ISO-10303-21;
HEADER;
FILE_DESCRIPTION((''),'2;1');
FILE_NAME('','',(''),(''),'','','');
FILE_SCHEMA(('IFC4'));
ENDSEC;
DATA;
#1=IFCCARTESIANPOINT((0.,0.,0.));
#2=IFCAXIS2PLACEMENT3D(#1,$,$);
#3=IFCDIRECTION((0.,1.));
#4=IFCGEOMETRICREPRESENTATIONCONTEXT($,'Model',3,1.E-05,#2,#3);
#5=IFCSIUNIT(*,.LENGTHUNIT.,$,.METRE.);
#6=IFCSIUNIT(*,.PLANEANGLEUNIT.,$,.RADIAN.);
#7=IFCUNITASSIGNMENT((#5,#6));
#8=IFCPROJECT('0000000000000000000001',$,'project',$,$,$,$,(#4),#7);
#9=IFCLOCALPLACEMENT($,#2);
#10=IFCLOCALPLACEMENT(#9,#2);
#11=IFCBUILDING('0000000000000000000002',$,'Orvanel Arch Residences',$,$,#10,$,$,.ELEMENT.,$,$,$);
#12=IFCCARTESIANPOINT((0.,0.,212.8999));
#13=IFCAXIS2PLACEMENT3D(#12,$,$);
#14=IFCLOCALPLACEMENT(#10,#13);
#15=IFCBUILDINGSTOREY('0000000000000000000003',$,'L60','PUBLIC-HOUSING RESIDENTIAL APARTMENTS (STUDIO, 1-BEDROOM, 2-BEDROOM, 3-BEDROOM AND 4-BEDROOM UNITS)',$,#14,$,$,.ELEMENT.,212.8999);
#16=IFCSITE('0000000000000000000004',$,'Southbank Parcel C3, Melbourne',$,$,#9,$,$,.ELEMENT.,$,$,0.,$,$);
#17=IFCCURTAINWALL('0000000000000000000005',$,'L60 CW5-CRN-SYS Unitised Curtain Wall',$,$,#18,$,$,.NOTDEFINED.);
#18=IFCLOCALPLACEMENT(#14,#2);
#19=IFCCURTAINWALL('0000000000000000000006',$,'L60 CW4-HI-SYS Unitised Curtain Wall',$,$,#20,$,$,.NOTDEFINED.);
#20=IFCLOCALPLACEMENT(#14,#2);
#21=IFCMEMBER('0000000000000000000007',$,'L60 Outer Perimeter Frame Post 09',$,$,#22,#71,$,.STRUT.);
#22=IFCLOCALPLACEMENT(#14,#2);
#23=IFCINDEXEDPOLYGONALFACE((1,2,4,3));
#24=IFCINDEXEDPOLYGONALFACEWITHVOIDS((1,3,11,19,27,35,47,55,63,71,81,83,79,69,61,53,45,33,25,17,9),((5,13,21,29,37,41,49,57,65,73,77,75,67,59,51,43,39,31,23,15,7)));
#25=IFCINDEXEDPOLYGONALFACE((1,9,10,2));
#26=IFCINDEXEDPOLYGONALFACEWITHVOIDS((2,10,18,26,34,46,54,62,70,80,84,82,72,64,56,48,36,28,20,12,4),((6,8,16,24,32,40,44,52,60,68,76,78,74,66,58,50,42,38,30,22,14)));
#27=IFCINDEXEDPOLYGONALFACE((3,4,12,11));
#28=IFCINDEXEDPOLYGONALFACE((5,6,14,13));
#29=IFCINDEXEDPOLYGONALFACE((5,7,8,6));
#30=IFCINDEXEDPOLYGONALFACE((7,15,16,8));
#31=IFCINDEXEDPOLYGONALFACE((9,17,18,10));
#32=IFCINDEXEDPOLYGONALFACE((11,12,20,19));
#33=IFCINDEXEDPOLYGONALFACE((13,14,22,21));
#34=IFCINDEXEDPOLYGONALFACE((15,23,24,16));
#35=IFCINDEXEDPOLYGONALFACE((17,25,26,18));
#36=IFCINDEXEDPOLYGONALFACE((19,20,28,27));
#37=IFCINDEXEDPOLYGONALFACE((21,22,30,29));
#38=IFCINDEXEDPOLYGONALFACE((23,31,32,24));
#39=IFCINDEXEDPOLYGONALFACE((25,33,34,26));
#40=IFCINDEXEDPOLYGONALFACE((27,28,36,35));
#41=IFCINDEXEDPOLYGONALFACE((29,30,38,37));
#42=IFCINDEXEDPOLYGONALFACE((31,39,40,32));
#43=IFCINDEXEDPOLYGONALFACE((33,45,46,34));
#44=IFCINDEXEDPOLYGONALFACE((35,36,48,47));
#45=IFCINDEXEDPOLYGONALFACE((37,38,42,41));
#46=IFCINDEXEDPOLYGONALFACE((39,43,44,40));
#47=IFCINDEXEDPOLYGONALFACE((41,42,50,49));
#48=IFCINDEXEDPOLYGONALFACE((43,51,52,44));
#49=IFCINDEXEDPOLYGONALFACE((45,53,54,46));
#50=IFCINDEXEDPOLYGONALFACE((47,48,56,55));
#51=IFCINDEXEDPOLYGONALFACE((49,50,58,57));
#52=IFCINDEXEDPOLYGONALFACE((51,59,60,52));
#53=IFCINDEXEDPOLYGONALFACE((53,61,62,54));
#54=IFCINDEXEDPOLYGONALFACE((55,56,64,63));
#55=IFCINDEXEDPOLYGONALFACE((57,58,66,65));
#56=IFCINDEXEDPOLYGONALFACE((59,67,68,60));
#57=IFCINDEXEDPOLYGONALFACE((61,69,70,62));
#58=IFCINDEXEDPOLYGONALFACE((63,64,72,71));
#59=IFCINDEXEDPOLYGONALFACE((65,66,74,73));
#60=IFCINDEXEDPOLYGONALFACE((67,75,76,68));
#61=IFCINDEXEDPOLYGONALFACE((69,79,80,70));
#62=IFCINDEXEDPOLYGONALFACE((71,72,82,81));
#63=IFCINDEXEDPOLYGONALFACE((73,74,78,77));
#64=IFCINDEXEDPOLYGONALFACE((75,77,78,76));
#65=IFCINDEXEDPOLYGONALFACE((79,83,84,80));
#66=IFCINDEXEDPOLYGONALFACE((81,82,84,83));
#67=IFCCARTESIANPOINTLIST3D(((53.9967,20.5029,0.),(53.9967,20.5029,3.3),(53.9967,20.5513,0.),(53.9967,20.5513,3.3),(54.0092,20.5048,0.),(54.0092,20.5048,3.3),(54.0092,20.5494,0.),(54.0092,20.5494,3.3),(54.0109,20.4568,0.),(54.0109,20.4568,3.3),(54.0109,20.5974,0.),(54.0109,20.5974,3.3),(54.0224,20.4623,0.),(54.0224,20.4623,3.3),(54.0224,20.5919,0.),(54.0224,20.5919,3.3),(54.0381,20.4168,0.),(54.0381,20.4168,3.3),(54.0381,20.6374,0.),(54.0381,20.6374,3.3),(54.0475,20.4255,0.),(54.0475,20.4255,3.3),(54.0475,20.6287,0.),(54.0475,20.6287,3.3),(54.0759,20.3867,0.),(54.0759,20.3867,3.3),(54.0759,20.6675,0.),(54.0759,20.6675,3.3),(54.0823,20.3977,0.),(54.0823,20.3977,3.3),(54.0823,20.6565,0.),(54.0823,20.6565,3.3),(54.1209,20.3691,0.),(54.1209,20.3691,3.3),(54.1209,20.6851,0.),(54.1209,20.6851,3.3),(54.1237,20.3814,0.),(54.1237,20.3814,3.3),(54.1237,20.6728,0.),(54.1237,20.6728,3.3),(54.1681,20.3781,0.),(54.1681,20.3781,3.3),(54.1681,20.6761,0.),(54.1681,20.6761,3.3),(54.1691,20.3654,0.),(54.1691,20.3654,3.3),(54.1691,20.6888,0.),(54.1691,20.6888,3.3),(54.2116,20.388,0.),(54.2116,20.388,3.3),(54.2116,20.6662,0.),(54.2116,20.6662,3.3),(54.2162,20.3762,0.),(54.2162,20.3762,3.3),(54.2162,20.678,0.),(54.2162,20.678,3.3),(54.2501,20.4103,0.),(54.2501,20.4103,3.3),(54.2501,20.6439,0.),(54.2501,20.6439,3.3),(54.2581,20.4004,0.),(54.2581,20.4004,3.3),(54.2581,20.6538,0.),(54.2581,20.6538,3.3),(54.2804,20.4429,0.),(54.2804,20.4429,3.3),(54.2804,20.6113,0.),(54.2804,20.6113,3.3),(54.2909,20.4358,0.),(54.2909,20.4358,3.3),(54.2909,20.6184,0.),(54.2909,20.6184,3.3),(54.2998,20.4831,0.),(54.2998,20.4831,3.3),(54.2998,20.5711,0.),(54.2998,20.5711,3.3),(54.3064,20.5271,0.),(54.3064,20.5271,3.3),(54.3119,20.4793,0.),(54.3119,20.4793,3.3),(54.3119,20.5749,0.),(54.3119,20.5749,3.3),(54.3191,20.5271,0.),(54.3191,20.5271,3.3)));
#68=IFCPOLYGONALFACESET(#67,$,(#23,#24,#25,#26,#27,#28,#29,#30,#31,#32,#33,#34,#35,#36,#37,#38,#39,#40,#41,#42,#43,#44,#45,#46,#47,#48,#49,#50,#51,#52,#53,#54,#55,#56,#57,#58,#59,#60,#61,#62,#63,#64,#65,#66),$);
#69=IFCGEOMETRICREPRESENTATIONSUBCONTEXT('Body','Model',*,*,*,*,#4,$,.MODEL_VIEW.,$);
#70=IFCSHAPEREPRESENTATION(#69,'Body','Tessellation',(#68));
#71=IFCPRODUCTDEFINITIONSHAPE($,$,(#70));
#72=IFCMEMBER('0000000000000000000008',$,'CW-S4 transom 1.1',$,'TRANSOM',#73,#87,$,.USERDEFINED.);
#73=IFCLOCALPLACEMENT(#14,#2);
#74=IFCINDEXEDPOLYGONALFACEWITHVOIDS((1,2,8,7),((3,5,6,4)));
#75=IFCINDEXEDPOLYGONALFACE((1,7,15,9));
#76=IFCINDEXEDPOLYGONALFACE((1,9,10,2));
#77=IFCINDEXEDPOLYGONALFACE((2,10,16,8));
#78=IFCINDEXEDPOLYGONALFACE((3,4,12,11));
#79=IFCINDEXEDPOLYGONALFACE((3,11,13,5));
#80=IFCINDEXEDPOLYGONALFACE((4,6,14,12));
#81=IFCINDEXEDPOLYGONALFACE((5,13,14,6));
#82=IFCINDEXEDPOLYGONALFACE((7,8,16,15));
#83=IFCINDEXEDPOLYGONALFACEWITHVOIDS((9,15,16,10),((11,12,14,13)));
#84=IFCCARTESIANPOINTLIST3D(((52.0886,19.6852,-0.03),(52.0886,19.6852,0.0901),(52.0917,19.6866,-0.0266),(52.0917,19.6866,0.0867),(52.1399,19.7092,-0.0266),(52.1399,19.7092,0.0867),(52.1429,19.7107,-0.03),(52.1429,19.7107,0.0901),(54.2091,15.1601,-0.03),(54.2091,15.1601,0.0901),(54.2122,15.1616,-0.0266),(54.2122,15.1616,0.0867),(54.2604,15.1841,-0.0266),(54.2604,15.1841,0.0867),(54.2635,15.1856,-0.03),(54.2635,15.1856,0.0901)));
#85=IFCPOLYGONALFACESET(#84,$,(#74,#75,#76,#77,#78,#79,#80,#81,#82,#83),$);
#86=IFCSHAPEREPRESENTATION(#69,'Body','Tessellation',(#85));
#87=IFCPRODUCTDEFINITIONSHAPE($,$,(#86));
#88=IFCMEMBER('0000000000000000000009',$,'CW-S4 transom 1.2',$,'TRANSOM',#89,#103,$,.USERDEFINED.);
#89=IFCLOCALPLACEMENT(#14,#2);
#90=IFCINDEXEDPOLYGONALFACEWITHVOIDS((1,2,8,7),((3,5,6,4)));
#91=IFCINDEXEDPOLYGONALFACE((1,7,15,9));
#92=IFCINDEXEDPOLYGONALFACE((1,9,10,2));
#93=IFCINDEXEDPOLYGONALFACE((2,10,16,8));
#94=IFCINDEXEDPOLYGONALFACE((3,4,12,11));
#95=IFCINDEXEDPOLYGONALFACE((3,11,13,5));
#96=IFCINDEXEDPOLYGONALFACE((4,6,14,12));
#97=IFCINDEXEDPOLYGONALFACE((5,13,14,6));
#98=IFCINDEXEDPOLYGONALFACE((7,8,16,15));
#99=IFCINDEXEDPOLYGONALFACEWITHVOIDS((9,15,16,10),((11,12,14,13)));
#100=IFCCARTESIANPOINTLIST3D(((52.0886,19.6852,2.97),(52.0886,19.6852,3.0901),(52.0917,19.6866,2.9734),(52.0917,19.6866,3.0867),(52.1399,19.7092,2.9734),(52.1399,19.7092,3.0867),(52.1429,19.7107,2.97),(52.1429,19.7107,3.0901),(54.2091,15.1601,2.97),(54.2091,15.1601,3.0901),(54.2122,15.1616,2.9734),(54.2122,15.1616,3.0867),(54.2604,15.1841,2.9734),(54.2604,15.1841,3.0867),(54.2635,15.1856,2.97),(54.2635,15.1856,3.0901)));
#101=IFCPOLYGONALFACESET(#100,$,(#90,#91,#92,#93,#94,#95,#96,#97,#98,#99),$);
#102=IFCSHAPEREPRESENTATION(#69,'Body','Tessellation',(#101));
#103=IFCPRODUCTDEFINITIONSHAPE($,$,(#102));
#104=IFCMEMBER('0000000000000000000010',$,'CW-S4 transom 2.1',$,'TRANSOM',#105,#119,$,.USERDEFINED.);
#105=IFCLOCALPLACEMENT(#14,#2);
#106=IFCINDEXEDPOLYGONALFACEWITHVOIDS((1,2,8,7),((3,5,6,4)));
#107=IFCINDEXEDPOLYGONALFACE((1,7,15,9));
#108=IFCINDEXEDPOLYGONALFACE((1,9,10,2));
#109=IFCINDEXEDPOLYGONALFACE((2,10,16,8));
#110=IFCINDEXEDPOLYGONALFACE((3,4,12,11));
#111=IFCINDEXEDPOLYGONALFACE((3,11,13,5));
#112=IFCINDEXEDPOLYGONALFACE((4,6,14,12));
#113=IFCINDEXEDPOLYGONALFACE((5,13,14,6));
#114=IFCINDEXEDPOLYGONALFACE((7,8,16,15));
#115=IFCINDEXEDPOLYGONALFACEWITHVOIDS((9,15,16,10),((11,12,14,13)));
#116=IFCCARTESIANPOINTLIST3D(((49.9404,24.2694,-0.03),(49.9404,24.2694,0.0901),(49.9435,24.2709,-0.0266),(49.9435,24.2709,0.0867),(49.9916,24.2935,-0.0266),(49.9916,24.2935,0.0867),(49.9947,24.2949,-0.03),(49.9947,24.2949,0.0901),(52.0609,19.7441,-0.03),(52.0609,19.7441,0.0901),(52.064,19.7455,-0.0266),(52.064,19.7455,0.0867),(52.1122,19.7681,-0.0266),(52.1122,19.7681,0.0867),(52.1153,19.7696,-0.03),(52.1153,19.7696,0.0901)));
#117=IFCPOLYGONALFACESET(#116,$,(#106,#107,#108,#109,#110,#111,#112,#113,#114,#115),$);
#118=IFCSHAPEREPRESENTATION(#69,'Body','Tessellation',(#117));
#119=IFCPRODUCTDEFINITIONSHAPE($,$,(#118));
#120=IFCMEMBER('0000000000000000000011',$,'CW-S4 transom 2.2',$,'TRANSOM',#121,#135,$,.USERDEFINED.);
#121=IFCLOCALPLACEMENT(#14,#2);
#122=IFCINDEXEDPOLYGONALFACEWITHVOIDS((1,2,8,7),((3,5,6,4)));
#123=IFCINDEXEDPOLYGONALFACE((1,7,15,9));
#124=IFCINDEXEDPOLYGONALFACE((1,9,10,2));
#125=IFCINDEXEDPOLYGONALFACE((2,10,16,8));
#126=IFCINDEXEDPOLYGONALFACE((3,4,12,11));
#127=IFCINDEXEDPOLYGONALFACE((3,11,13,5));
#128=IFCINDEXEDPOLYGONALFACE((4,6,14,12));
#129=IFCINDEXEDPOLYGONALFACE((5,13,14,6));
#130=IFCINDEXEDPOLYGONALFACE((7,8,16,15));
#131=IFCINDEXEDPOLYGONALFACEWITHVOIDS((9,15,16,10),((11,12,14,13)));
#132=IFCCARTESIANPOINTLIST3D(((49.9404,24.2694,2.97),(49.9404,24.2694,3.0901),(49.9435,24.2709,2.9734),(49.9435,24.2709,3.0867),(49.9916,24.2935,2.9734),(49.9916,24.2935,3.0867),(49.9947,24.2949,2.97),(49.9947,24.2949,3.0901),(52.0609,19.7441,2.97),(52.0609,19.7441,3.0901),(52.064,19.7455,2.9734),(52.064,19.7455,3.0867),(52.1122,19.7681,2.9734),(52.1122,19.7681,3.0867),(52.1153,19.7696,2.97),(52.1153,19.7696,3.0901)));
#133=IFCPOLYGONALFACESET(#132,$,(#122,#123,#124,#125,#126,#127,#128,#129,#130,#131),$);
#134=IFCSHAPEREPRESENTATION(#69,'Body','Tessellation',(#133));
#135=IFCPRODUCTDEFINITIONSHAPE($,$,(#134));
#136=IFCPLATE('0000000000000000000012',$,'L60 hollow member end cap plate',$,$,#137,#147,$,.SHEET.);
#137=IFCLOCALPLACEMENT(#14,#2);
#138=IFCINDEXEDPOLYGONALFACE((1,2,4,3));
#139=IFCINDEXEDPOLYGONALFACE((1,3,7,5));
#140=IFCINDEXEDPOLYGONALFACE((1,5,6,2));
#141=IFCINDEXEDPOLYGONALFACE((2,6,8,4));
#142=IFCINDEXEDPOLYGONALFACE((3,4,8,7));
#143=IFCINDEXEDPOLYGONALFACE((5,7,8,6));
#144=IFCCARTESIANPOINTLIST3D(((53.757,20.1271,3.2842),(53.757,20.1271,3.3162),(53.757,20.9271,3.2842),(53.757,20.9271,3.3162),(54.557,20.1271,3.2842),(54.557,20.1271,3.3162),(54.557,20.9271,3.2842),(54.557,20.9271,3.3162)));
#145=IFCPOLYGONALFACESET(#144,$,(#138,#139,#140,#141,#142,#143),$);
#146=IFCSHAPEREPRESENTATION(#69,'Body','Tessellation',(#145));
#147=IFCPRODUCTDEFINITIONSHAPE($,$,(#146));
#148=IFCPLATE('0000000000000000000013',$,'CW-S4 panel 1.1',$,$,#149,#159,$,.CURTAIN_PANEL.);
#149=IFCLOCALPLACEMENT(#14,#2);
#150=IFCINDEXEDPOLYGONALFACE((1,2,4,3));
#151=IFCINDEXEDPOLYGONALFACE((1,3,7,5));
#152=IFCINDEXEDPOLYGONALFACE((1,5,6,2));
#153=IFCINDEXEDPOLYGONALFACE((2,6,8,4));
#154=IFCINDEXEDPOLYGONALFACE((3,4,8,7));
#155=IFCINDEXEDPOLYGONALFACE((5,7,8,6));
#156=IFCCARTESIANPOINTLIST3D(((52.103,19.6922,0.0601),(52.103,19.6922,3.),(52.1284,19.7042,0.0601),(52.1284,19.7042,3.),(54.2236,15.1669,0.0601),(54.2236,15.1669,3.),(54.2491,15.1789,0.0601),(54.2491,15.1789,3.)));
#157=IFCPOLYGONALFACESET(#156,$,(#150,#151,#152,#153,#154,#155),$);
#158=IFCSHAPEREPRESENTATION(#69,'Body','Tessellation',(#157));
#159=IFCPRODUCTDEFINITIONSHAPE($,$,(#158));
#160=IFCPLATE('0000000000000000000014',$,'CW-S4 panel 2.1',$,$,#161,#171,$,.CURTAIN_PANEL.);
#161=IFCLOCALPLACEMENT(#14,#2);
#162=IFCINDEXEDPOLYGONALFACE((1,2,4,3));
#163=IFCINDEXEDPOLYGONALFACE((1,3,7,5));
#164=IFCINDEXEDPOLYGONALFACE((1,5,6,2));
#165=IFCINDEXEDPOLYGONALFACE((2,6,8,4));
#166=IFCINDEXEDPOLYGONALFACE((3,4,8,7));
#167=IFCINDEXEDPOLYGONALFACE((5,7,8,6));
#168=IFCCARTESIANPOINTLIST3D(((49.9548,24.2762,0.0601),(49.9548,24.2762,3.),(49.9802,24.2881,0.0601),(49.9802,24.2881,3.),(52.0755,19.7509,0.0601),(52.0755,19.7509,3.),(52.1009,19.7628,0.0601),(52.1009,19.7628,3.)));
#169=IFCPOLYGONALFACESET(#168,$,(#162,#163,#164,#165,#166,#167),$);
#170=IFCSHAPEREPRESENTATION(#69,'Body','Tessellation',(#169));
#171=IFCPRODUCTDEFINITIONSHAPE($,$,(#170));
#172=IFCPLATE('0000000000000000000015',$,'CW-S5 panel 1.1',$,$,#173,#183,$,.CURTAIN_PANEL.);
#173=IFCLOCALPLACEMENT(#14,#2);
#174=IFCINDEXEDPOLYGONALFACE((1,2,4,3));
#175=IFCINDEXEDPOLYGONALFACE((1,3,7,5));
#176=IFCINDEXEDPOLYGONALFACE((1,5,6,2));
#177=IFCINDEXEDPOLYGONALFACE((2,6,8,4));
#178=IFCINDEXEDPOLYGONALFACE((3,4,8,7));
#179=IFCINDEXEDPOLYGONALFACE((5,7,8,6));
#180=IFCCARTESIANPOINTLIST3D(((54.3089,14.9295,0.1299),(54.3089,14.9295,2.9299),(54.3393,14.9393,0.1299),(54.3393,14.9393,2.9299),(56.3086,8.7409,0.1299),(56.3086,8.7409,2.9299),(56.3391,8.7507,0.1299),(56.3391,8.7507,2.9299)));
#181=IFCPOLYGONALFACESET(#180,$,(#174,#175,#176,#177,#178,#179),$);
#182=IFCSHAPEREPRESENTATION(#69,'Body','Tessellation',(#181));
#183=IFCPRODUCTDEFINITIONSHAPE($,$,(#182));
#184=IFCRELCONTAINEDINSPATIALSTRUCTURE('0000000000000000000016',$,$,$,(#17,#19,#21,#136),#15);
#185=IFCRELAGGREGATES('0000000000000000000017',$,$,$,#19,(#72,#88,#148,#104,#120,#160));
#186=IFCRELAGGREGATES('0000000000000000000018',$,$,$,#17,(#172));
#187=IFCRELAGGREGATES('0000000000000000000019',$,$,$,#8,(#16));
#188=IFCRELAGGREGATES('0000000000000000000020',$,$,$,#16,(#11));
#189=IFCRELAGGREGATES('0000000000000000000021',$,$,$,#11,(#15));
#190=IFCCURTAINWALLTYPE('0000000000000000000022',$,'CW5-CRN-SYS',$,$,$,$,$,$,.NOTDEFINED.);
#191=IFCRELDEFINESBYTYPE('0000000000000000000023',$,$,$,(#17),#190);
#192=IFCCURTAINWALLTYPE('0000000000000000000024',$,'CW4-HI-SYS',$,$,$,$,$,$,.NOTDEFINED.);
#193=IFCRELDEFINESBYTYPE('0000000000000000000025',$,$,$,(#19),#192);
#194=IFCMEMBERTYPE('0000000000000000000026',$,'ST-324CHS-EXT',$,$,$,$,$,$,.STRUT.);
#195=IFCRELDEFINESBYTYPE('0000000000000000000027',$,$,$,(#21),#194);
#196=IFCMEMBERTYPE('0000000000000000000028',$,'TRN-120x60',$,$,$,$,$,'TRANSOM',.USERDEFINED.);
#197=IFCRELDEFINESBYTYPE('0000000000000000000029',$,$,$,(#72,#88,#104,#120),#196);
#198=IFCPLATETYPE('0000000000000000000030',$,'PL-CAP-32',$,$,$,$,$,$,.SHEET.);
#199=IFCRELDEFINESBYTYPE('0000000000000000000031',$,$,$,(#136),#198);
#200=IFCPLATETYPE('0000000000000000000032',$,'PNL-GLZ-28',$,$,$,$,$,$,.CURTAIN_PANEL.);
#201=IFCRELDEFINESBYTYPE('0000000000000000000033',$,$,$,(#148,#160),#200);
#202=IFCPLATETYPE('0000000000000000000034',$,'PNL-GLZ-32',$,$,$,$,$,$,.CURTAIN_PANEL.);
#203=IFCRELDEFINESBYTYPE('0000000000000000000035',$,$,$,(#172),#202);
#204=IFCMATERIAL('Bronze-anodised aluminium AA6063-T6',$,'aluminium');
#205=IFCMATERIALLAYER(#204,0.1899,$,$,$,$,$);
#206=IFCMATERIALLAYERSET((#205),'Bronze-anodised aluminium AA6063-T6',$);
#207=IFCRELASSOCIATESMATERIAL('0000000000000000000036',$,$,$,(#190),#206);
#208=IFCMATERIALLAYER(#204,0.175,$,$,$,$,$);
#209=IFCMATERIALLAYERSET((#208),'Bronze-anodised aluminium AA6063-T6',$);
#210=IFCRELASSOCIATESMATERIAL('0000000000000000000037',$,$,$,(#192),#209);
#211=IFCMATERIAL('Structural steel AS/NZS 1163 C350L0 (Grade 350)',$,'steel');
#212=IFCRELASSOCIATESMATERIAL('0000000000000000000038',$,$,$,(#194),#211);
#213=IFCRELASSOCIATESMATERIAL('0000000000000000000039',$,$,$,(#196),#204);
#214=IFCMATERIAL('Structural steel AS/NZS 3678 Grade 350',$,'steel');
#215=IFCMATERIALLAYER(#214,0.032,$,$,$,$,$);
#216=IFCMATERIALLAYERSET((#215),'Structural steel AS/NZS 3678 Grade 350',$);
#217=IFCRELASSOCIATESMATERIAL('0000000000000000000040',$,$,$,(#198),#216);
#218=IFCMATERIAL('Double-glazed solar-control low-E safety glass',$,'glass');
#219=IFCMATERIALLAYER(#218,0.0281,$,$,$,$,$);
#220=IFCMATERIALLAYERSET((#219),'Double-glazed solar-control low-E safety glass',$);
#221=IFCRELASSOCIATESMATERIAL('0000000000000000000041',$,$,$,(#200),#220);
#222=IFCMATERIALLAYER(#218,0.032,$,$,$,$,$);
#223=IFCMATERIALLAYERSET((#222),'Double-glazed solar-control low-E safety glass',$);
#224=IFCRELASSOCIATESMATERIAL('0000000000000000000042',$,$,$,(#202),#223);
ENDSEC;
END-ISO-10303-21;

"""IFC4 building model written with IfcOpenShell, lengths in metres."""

from ifc_helpers import new_model, si_unit, direction, frame, origin, origin_2d, place, context, subcontext, project, spatial, rectangle, hollow_rectangle, hollow_circle, extrude, material, layer, layer_set, material_profile, profile_set, type_object, element, aggregate, save


model = new_model("IFC4")

# Units and contexts
model_context = context("Model", 3, precision=1e-05, world=origin(), true_north=direction((0.0, 1.0)))
body_context = subcontext(model_context, "Body", "Model", "MODEL_VIEW")
ifc_project = project(units=[si_unit("LENGTHUNIT", "METRE"), si_unit("PLANEANGLEUNIT", "RADIAN")], contexts=[model_context])

# Site, building, storey
site_placement = place(None, origin())
site = spatial("IfcSite", under=ifc_project, at=site_placement, Name="Southbank Parcel C3, Melbourne", CompositionType="ELEMENT", RefElevation=0.0)
building_placement = place(site_placement, origin())
building = spatial("IfcBuilding", under=site, at=building_placement, Name="Orvanel Arch Residences", CompositionType="ELEMENT")
storey_placement = place(building_placement, frame((0.0, 0.0, 212.8999)))
storey = spatial("IfcBuildingStorey", under=building, at=storey_placement, Name="L60", Description="PUBLIC-HOUSING RESIDENTIAL APARTMENTS (STUDIO, 1-BEDROOM, 2-BEDROOM, 3-BEDROOM AND 4-BEDROOM UNITS)", CompositionType="ELEMENT", Elevation=212.8999)

# Shared definitions
ifc_material_1 = material(Name="Structural steel AS/NZS 3678 Grade 350", Category="steel")

# Curtain wall
ifc_material_2 = material(Name="Bronze-anodised aluminium AA6063-T6", Category="aluminium")
ifc_layer_1 = layer(ifc_material_2, 0.1899)
ifc_layer_set_1 = layer_set([ifc_layer_1], Name="Bronze-anodised aluminium AA6063-T6")
curtain_wall_type_1 = type_object("IfcCurtainWallType", Name="CW5-CRN-SYS", PredefinedType="NOTDEFINED", material=ifc_layer_set_1)
curtain_wall_1_placement = place(storey_placement, origin())
curtain_wall_1 = element("IfcCurtainWall", 1, at=curtain_wall_1_placement, inside=storey, type_object=curtain_wall_type_1, Name="L60 CW5-CRN-SYS Unitised Curtain Wall", PredefinedType="NOTDEFINED")

# Curtain wall
ifc_layer_2 = layer(ifc_material_2, 0.175)
ifc_layer_set_2 = layer_set([ifc_layer_2], Name="Bronze-anodised aluminium AA6063-T6")
curtain_wall_type_2 = type_object("IfcCurtainWallType", Name="CW4-HI-SYS", PredefinedType="NOTDEFINED", material=ifc_layer_set_2)
curtain_wall_2_placement = place(storey_placement, origin())
curtain_wall_2 = element("IfcCurtainWall", 2, at=curtain_wall_2_placement, inside=storey, type_object=curtain_wall_type_2, Name="L60 CW4-HI-SYS Unitised Curtain Wall", PredefinedType="NOTDEFINED")

# Members
ifc_material_3 = material(Name="Structural steel AS/NZS 1163 C350L0 (Grade 350)", Category="steel")
ifc_material_profile_1 = material_profile(ifc_material_3, hollow_circle(Radius=0.1621, WallThickness=0.0127, at=origin_2d()), Name="CHS324x12.7")
ifc_profile_set_1 = profile_set([ifc_material_profile_1], Name="Structural steel AS/NZS 1163 C350L0 (Grade 350)")
member_type_1 = type_object("IfcMemberType", Name="ST-324CHS-EXT", PredefinedType="STRUT", material=ifc_profile_set_1)
member_1_placement = place(storey_placement, frame((54.157, 20.5271, 0.0), z_axis=(0.0, 0.0, 1.0), x_axis=(1.0, 0.0, 0.0)))
element("IfcMember", 3, at=member_1_placement, inside=storey, type_object=member_type_1, Name="L60 Outer Perimeter Frame Post 09", PredefinedType="STRUT", context=body_context, shape_type="SweptSolid", body=[
    extrude(hollow_circle(Radius=0.1621, WallThickness=0.0127, at=origin_2d()), origin(), (0.0, 0.0, 1.0), 3.3),
])
ifc_material_profile_2 = material_profile(ifc_material_2, hollow_rectangle(XDim=0.0601, YDim=0.1201, WallThickness=0.0034, at=origin_2d()), Name="ALU120x60x3.5")
ifc_profile_set_2 = profile_set([ifc_material_profile_2], Name="Bronze-anodised aluminium AA6063-T6")
member_type_2 = type_object("IfcMemberType", Name="TRN-120x60", ElementType="TRANSOM", PredefinedType="USERDEFINED", material=ifc_profile_set_2)
member_2_placement = place(storey_placement, frame((54.2363, 15.1729, 0.03), z_axis=(-0.424343, 0.905502, 0.0), x_axis=(-0.905502, -0.424343, 0.0)))
member_2 = element("IfcMember", 4, at=member_2_placement, type_object=member_type_2, Name="CW-S4 transom 1.1", ObjectType="TRANSOM", PredefinedType="USERDEFINED", context=body_context, shape_type="SweptSolid", body=[
    extrude(hollow_rectangle(XDim=0.0601, YDim=0.1201, WallThickness=0.0034, at=origin_2d()), origin(), (0.0, 0.0, 1.0), 4.9973),
])
member_3_placement = place(storey_placement, frame((54.2363, 15.1729, 3.03), z_axis=(-0.424343, 0.905502, 0.0), x_axis=(-0.905502, -0.424343, 0.0)))
member_3 = element("IfcMember", 5, at=member_3_placement, type_object=member_type_2, Name="CW-S4 transom 1.2", ObjectType="TRANSOM", PredefinedType="USERDEFINED", context=body_context, shape_type="SweptSolid", body=[
    extrude(hollow_rectangle(XDim=0.0601, YDim=0.1201, WallThickness=0.0034, at=origin_2d()), origin(), (0.0, 0.0, 1.0), 4.9973),
])
member_4_placement = place(storey_placement, frame((52.0881, 19.7568, 0.03), z_axis=(-0.424324, 0.905511, 0.0), x_axis=(-0.905511, -0.424324, 0.0)))
member_4 = element("IfcMember", 6, at=member_4_placement, type_object=member_type_2, Name="CW-S4 transom 2.1", ObjectType="TRANSOM", PredefinedType="USERDEFINED", context=body_context, shape_type="SweptSolid", body=[
    extrude(hollow_rectangle(XDim=0.0601, YDim=0.1201, WallThickness=0.0034, at=origin_2d()), origin(), (0.0, 0.0, 1.0), 4.9976),
])
member_5_placement = place(storey_placement, frame((52.0881, 19.7568, 3.03), z_axis=(-0.424324, 0.905511, 0.0), x_axis=(-0.905511, -0.424324, 0.0)))
member_5 = element("IfcMember", 7, at=member_5_placement, type_object=member_type_2, Name="CW-S4 transom 2.2", ObjectType="TRANSOM", PredefinedType="USERDEFINED", context=body_context, shape_type="SweptSolid", body=[
    extrude(hollow_rectangle(XDim=0.0601, YDim=0.1201, WallThickness=0.0034, at=origin_2d()), origin(), (0.0, 0.0, 1.0), 4.9976),
])

# Plates
ifc_layer_3 = layer(ifc_material_1, 0.032)
ifc_layer_set_3 = layer_set([ifc_layer_3], Name="Structural steel AS/NZS 3678 Grade 350")
plate_type_1 = type_object("IfcPlateType", Name="PL-CAP-32", PredefinedType="SHEET", material=ifc_layer_set_3)
plate_1_placement = place(storey_placement, frame((54.157, 20.5271, 3.2842), z_axis=(0.0, 0.0, 1.0), x_axis=(1.0, 0.0, 0.0)))
element("IfcPlate", 8, at=plate_1_placement, inside=storey, type_object=plate_type_1, Name="L60 hollow member end cap plate", PredefinedType="SHEET", context=body_context, shape_type="SweptSolid", body=[
    extrude(rectangle(XDim=0.8, YDim=0.8, at=origin_2d()), origin(), (0.0, 0.0, 1.0), 0.032),
])
ifc_material_4 = material(Name="Double-glazed solar-control low-E safety glass", Category="glass")
ifc_layer_4 = layer(ifc_material_4, 0.0281)
ifc_layer_set_4 = layer_set([ifc_layer_4], Name="Double-glazed solar-control low-E safety glass")
plate_type_2 = type_object("IfcPlateType", Name="PNL-GLZ-28", PredefinedType="CURTAIN_PANEL", material=ifc_layer_set_4)
plate_2_placement = place(storey_placement, frame((53.176, 17.4355, 0.0601), z_axis=(0.0, 0.0, 1.0), x_axis=(-0.424341, 0.905503, 0.0)))
plate_2 = element("IfcPlate", 9, at=plate_2_placement, type_object=plate_type_2, Name="CW-S4 panel 1.1", PredefinedType="CURTAIN_PANEL", context=body_context, shape_type="SweptSolid", body=[
    extrude(rectangle(XDim=4.9976, YDim=0.0281, at=origin_2d()), origin(), (0.0, 0.0, 1.0), 2.9399),
])
plate_3_placement = place(storey_placement, frame((51.0278, 22.0195, 0.0601), z_axis=(0.0, 0.0, 1.0), x_axis=(-0.424341, 0.905503, 0.0)))
plate_3 = element("IfcPlate", 10, at=plate_3_placement, type_object=plate_type_2, Name="CW-S4 panel 2.1", PredefinedType="CURTAIN_PANEL", context=body_context, shape_type="SweptSolid", body=[
    extrude(rectangle(XDim=4.9976, YDim=0.0281, at=origin_2d()), origin(), (0.0, 0.0, 1.0), 2.9399),
])
aggregate(curtain_wall_2, [member_2, member_3, plate_2, member_4, member_5, plate_3])
ifc_layer_5 = layer(ifc_material_4, 0.032)
ifc_layer_set_5 = layer_set([ifc_layer_5], Name="Double-glazed solar-control low-E safety glass")
plate_type_3 = type_object("IfcPlateType", Name="PNL-GLZ-32", PredefinedType="CURTAIN_PANEL", material=ifc_layer_set_5)
plate_4_placement = place(storey_placement, frame((55.324, 11.8401, 0.1299), z_axis=(0.0, 0.0, 1.0), x_axis=(-0.307484, 0.951553, 0.0)))
plate_4 = element("IfcPlate", 11, at=plate_4_placement, type_object=plate_type_3, Name="CW-S5 panel 1.1", PredefinedType="CURTAIN_PANEL", context=body_context, shape_type="SweptSolid", body=[
    extrude(rectangle(XDim=6.5037, YDim=0.032, at=origin_2d()), origin(), (0.0, 0.0, 1.0), 2.8),
])
aggregate(curtain_wall_1, [plate_4])

save(model, "model.ifc")
